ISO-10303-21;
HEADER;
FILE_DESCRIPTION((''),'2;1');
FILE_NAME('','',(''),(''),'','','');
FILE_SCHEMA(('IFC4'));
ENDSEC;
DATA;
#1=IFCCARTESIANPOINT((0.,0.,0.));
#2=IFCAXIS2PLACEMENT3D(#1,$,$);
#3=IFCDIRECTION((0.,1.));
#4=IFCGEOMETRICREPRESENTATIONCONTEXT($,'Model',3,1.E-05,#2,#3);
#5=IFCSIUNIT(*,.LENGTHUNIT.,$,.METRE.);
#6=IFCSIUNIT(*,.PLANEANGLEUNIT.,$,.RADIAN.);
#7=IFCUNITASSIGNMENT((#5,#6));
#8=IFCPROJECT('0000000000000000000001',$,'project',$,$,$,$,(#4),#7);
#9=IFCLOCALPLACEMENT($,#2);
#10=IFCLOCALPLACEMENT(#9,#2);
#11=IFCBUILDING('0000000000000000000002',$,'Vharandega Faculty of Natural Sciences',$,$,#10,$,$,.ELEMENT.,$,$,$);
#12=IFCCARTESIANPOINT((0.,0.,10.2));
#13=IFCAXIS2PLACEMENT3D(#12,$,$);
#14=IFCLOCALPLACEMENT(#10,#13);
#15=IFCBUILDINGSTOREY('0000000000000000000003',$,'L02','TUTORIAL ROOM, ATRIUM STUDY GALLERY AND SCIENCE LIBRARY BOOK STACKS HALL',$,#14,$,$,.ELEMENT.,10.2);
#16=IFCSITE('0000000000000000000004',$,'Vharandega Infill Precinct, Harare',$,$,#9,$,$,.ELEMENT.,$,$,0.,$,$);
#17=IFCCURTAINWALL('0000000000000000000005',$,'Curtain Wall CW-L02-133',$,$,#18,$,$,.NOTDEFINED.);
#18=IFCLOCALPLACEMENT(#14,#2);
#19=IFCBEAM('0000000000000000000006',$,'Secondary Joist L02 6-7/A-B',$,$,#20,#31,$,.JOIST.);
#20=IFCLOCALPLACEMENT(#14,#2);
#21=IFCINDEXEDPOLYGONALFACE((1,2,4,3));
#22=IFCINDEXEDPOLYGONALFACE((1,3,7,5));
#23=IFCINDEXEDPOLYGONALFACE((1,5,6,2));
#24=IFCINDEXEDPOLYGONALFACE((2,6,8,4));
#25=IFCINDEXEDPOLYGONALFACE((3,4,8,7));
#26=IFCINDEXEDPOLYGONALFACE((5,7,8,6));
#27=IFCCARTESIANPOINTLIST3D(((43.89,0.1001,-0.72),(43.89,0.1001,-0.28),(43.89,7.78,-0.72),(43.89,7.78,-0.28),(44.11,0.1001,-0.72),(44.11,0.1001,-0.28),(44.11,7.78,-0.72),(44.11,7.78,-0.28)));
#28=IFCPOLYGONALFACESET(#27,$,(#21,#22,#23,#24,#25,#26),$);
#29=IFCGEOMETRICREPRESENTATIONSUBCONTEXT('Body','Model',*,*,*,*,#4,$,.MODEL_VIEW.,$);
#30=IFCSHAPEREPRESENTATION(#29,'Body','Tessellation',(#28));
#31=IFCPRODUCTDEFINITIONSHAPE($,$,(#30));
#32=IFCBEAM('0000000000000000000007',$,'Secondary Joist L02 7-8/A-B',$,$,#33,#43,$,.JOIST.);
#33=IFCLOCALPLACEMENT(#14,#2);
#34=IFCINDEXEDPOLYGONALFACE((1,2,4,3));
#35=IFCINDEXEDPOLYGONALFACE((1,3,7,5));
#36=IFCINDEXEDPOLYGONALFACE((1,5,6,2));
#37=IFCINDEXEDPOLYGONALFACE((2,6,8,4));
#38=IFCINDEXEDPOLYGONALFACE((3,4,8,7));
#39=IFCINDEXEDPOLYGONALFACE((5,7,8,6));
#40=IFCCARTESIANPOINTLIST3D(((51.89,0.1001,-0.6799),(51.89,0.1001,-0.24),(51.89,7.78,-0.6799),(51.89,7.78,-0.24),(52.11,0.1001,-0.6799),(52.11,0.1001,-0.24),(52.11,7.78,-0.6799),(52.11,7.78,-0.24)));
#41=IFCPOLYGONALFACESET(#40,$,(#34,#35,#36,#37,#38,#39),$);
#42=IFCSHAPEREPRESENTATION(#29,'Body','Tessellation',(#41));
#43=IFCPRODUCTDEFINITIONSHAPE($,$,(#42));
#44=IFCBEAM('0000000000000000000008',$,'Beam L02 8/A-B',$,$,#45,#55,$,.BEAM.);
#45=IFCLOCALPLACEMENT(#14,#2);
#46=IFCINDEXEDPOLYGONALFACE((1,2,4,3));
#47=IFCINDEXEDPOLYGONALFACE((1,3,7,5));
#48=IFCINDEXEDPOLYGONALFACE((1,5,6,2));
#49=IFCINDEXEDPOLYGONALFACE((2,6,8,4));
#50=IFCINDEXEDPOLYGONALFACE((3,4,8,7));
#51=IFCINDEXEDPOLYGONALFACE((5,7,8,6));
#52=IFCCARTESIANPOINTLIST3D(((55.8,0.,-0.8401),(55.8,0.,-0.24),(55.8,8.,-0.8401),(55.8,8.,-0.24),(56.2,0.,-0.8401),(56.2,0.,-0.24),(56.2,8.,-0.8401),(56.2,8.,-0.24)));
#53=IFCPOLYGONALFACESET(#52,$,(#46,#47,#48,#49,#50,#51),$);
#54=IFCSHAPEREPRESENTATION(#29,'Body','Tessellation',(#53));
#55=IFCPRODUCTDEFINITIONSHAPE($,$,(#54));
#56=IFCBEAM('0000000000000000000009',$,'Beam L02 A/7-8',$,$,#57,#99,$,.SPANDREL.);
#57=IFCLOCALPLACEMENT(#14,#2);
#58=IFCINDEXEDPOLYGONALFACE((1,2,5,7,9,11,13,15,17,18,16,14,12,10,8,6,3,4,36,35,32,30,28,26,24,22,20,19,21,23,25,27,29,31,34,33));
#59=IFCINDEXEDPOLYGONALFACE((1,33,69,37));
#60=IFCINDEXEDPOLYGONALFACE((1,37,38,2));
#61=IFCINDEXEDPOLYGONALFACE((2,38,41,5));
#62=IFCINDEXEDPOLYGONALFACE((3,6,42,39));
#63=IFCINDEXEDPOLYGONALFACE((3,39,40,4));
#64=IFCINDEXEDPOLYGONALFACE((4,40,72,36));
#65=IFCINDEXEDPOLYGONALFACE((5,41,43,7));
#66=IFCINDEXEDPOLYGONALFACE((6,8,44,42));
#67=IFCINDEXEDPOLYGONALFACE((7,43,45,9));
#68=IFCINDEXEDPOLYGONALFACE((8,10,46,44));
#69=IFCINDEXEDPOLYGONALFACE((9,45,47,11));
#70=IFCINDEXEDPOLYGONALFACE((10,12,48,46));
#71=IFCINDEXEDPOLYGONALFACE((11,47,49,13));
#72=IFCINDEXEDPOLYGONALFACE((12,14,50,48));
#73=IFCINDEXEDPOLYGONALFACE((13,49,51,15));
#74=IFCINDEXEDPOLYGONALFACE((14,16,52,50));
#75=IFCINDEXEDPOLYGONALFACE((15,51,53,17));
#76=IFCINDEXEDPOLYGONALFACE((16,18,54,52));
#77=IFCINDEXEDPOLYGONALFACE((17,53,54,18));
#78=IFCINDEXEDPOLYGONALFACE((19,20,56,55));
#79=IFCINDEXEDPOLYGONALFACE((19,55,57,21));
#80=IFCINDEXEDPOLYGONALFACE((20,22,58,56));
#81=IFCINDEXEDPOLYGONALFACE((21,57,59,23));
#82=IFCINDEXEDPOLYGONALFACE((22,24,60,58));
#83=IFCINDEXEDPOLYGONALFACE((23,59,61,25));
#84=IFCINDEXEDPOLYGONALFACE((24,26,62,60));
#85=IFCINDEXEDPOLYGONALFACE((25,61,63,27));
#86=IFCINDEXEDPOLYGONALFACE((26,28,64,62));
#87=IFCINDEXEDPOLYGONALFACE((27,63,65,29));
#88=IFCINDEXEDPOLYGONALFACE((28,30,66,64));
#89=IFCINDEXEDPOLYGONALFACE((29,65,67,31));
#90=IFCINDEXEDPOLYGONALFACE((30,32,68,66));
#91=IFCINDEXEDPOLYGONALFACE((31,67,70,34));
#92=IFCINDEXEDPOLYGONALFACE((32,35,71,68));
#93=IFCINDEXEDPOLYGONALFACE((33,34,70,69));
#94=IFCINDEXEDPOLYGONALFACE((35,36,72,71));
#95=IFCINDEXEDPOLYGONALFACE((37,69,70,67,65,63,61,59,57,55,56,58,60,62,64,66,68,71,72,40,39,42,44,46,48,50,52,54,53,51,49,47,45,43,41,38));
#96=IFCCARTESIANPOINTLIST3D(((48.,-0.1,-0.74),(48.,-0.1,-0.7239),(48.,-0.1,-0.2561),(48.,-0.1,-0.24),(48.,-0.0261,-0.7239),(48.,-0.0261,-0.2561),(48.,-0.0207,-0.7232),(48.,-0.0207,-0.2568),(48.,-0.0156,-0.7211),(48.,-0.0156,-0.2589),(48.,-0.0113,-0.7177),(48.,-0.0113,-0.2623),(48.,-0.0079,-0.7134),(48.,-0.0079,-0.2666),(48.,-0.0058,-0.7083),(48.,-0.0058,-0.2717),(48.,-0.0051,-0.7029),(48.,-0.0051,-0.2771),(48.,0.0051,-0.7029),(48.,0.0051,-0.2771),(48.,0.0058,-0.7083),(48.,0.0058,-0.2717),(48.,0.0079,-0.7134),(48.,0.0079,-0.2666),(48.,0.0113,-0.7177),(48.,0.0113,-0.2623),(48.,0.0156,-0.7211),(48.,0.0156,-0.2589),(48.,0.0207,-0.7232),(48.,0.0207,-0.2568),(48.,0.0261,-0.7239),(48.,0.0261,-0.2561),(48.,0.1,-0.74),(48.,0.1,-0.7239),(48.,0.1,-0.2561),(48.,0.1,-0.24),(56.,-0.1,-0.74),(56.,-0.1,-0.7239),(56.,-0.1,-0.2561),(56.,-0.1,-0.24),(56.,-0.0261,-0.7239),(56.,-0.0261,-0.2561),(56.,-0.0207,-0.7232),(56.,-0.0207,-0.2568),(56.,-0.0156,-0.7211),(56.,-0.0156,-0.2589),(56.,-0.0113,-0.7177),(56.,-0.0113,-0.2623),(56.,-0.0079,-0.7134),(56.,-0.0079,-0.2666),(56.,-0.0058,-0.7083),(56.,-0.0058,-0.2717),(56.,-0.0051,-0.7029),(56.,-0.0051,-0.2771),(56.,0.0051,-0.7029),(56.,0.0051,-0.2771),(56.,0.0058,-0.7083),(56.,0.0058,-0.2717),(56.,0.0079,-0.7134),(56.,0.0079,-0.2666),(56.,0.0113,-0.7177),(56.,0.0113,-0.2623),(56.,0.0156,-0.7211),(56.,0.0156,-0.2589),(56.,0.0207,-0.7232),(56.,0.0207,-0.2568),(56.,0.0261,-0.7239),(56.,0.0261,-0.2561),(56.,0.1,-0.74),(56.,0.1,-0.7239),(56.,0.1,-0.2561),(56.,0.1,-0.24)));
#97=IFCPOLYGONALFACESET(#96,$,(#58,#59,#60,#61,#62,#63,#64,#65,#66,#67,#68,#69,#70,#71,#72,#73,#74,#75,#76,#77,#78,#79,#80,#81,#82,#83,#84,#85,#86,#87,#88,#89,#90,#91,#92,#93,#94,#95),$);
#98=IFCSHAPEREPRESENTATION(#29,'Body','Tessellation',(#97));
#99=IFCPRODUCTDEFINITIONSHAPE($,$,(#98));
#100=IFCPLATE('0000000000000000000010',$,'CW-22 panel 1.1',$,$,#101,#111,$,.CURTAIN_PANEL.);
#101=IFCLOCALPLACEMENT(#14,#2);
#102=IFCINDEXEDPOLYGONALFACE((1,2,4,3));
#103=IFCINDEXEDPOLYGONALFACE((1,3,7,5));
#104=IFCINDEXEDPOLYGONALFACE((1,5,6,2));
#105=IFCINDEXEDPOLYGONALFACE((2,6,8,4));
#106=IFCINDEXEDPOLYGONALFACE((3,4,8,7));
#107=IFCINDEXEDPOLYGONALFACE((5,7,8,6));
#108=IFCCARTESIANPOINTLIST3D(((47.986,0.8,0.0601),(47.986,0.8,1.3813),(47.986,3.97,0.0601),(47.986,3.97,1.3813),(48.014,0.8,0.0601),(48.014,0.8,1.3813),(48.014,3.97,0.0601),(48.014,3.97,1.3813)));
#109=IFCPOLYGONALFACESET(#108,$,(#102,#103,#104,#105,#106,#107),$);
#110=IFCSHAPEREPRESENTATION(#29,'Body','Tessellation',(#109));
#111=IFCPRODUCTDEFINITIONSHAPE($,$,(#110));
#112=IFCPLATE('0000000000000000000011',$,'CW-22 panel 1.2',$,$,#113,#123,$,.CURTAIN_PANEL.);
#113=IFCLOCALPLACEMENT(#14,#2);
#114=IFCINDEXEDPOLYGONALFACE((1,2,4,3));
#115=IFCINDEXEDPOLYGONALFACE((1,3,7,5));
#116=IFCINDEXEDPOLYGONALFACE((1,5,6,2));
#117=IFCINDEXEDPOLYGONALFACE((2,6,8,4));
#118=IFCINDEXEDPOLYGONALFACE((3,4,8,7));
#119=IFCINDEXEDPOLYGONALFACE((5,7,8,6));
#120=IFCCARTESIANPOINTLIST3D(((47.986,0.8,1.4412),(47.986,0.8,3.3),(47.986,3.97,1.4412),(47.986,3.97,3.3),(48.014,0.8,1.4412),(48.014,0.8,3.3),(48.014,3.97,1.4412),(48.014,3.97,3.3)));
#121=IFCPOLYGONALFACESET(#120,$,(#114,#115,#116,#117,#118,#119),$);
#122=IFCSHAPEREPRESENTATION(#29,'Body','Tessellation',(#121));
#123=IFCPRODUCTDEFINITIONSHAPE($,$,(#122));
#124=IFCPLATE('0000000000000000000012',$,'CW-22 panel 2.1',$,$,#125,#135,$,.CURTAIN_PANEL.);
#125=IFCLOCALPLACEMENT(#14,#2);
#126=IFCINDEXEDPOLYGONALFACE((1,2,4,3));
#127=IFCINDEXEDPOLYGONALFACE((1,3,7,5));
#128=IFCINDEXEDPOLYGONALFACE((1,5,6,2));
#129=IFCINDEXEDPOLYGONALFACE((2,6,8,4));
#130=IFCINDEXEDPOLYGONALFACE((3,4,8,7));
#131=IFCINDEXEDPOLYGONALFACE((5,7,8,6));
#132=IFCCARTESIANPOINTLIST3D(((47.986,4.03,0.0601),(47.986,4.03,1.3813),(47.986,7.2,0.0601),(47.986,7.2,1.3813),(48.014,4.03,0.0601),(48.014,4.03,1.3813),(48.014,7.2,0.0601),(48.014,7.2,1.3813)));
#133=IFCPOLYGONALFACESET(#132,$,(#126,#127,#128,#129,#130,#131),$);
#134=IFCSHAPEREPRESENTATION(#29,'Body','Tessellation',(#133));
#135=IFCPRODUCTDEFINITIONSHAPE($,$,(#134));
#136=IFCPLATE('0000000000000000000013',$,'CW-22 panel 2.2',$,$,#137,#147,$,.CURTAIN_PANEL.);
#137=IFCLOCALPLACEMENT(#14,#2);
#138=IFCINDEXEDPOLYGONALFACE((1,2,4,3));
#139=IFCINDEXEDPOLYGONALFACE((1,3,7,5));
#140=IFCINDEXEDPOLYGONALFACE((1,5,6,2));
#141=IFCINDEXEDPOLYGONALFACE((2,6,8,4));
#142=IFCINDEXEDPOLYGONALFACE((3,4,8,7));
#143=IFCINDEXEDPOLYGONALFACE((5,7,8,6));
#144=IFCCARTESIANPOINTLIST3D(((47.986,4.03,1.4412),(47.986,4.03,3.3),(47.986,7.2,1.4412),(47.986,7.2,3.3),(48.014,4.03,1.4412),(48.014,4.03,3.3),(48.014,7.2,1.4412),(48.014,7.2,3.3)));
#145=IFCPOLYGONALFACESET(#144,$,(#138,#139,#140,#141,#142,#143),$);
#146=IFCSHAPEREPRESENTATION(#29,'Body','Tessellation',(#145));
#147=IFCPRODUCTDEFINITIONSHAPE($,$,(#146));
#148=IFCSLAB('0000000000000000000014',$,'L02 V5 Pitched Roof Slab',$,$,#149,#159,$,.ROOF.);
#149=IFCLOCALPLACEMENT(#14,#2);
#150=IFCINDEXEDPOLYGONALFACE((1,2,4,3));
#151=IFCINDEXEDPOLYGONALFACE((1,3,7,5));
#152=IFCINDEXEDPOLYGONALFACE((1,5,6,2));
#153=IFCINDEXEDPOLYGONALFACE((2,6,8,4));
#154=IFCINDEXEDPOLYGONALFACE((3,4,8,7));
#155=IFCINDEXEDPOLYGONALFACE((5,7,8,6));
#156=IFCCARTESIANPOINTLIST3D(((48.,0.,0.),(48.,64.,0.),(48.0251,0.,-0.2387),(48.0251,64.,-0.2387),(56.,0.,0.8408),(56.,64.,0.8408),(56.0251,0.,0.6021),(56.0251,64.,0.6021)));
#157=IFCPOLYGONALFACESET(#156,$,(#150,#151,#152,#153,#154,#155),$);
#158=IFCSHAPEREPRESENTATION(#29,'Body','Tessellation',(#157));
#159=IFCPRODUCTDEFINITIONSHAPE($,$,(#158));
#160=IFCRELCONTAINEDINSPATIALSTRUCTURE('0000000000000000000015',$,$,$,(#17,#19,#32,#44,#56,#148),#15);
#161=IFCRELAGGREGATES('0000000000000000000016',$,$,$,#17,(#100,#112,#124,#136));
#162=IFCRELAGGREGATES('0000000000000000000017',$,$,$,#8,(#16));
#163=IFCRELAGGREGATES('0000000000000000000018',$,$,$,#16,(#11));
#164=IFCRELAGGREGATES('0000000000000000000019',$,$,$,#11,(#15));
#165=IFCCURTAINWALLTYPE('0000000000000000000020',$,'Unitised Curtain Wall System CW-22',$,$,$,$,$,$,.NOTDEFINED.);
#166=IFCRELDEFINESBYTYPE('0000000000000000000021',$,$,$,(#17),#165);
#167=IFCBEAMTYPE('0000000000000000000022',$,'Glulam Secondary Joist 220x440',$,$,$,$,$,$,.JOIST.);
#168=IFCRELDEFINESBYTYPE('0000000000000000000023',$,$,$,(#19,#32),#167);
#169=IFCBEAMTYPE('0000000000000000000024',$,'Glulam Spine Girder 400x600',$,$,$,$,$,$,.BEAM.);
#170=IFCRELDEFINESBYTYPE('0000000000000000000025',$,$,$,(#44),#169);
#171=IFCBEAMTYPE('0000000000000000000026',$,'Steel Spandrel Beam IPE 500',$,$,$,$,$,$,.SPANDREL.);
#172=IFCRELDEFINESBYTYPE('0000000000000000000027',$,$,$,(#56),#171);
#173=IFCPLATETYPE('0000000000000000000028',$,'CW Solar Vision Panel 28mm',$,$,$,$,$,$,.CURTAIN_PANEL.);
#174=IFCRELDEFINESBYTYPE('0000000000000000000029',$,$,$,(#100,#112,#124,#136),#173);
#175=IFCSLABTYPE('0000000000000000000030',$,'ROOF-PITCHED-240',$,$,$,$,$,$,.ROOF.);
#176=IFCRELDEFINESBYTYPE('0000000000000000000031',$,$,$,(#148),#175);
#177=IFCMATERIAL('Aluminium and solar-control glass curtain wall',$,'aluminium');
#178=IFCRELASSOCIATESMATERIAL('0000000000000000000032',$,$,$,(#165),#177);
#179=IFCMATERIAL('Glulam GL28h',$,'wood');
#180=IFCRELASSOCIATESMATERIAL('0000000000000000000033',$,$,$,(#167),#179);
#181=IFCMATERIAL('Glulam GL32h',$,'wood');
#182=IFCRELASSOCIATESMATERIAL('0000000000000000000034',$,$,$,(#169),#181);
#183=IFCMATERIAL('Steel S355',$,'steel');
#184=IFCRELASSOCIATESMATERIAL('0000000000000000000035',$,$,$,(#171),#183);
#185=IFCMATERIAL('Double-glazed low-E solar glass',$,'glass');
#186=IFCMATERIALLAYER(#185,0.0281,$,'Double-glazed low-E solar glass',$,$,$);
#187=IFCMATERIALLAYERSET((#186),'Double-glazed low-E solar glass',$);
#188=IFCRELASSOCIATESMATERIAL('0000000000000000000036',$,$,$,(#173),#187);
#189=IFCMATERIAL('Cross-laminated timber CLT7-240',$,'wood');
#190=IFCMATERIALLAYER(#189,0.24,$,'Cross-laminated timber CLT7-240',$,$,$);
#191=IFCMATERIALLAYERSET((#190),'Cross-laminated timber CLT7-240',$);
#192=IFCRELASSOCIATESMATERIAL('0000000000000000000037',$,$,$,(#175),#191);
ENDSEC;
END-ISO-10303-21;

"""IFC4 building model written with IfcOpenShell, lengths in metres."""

from ifc_helpers import new_model, si_unit, direction, frame, origin, origin_2d, place, context, subcontext, project, spatial, polyline, rectangle, i_section, outline, extrude, material, layer, layer_set, material_profile, profile_set, type_object, element, aggregate, save


model = new_model("IFC4")

# Units and contexts
model_context = context("Model", 3, precision=1e-05, world=origin(), true_north=direction((0.0, 1.0)))
body_context = subcontext(model_context, "Body", "Model", "MODEL_VIEW")
ifc_project = project(units=[si_unit("LENGTHUNIT", "METRE"), si_unit("PLANEANGLEUNIT", "RADIAN")], contexts=[model_context])

# Site, building, storey
site_placement = place(None, origin())
site = spatial("IfcSite", under=ifc_project, at=site_placement, Name="Vharandega Infill Precinct, Harare", CompositionType="ELEMENT", RefElevation=0.0)
building_placement = place(site_placement, origin())
building = spatial("IfcBuilding", under=site, at=building_placement, Name="Vharandega Faculty of Natural Sciences", CompositionType="ELEMENT")
storey_placement = place(building_placement, frame((0.0, 0.0, 10.2)))
storey = spatial("IfcBuildingStorey", under=building, at=storey_placement, Name="L02", Description="TUTORIAL ROOM, ATRIUM STUDY GALLERY AND SCIENCE LIBRARY BOOK STACKS HALL", CompositionType="ELEMENT", Elevation=10.2)

# Curtain wall
ifc_material_1 = material(Name="Aluminium and solar-control glass curtain wall", Category="aluminium")
curtain_wall_type = type_object("IfcCurtainWallType", Name="Unitised Curtain Wall System CW-22", PredefinedType="NOTDEFINED", material=ifc_material_1)
curtain_wall_placement = place(storey_placement, origin())
curtain_wall = element("IfcCurtainWall", 1, at=curtain_wall_placement, inside=storey, type_object=curtain_wall_type, Name="Curtain Wall CW-L02-133", PredefinedType="NOTDEFINED")

# Beams
ifc_material_2 = material(Name="Glulam GL28h", Category="wood")
ifc_material_profile_1 = material_profile(ifc_material_2, rectangle(XDim=0.22, YDim=0.4399, at=origin_2d()), Name="GL28h 220x440")
ifc_profile_set_1 = profile_set([ifc_material_profile_1], Name="Glulam GL28h")
beam_type_1 = type_object("IfcBeamType", Name="Glulam Secondary Joist 220x440", PredefinedType="JOIST", material=ifc_profile_set_1)
for number, where, z_axis, x_axis, name in (
    (2, (44.0, 0.1001, -0.5), (0.0, 1.0, 0.0), (-1.0, 0.0, 0.0), "Secondary Joist L02 6-7/A-B"),
    (3, (52.0, 0.1001, -0.46), (0.0, 1.0, 0.0), (-1.0, 0.0, 0.0), "Secondary Joist L02 7-8/A-B"),
):
    element("IfcBeam", number, at=place(storey_placement, frame(where, z_axis=z_axis, x_axis=x_axis)), inside=storey, type_object=beam_type_1, Name=name, PredefinedType="JOIST", context=body_context, shape_type="SweptSolid", body=[
        extrude(rectangle(XDim=0.22, YDim=0.4399, at=origin_2d()), origin(), (0.0, 0.0, 1.0), 7.6799),
    ])
ifc_material_3 = material(Name="Glulam GL32h", Category="wood")
ifc_material_profile_2 = material_profile(ifc_material_3, rectangle(XDim=0.3999, YDim=0.6001, at=origin_2d()), Name="GL32h 400x600")
ifc_profile_set_2 = profile_set([ifc_material_profile_2], Name="Glulam GL32h")
beam_type_2 = type_object("IfcBeamType", Name="Glulam Spine Girder 400x600", PredefinedType="BEAM", material=ifc_profile_set_2)
beam_1_placement = place(storey_placement, frame((56.0, 0.0, -0.54), z_axis=(0.0, 1.0, 0.0), x_axis=(-1.0, 0.0, 0.0)))
element("IfcBeam", 4, at=beam_1_placement, inside=storey, type_object=beam_type_2, Name="Beam L02 8/A-B", PredefinedType="BEAM", context=body_context, shape_type="SweptSolid", body=[
    extrude(rectangle(XDim=0.3999, YDim=0.6001, at=origin_2d()), origin(), (0.0, 0.0, 1.0), 8.0),
])
ifc_material_4 = material(Name="Steel S355", Category="steel")
ifc_material_profile_3 = material_profile(ifc_material_4, i_section(OverallWidth=0.2, OverallDepth=0.5, WebThickness=0.0103, FlangeThickness=0.0161, FilletRadius=0.021, at=origin_2d()), Name="IPE 500")
ifc_profile_set_3 = profile_set([ifc_material_profile_3], Name="Steel S355")
beam_type_3 = type_object("IfcBeamType", Name="Steel Spandrel Beam IPE 500", PredefinedType="SPANDREL", material=ifc_profile_set_3)
beam_2_placement = place(storey_placement, frame((48.0, 0.0, -0.49), z_axis=(1.0, 0.0, 0.0), x_axis=(0.0, 1.0, 0.0)))
element("IfcBeam", 5, at=beam_2_placement, inside=storey, type_object=beam_type_3, Name="Beam L02 A/7-8", PredefinedType="SPANDREL", context=body_context, shape_type="SweptSolid", body=[
    extrude(i_section(OverallWidth=0.2, OverallDepth=0.5, WebThickness=0.0103, FlangeThickness=0.0161, FilletRadius=0.021, at=origin_2d()), origin(), (0.0, 0.0, 1.0), 8.0),
])

# Plates
ifc_material_5 = material(Name="Double-glazed low-E solar glass", Category="glass")
ifc_layer_1 = layer(ifc_material_5, 0.0281, Name="Double-glazed low-E solar glass")
ifc_layer_set_1 = layer_set([ifc_layer_1], Name="Double-glazed low-E solar glass")
plate_type = type_object("IfcPlateType", Name="CW Solar Vision Panel 28mm", PredefinedType="CURTAIN_PANEL", material=ifc_layer_set_1)
plate_1_placement = place(storey_placement, frame((48.0, 2.385, 0.0601), z_axis=(0.0, 0.0, 1.0), x_axis=(0.0, 1.0, 0.0)))
plate_1 = element("IfcPlate", 6, at=plate_1_placement, type_object=plate_type, Name="CW-22 panel 1.1", PredefinedType="CURTAIN_PANEL", context=body_context, shape_type="SweptSolid", body=[
    extrude(rectangle(XDim=3.1699, YDim=0.0281, at=origin_2d()), origin(), (0.0, 0.0, 1.0), 1.3213),
])
plate_2_placement = place(storey_placement, frame((48.0, 2.385, 1.4412), z_axis=(0.0, 0.0, 1.0), x_axis=(0.0, 1.0, 0.0)))
plate_2 = element("IfcPlate", 7, at=plate_2_placement, type_object=plate_type, Name="CW-22 panel 1.2", PredefinedType="CURTAIN_PANEL", context=body_context, shape_type="SweptSolid", body=[
    extrude(rectangle(XDim=3.1699, YDim=0.0281, at=origin_2d()), origin(), (0.0, 0.0, 1.0), 1.8589),
])
plate_3_placement = place(storey_placement, frame((48.0, 5.615, 0.0601), z_axis=(0.0, 0.0, 1.0), x_axis=(0.0, 1.0, 0.0)))
plate_3 = element("IfcPlate", 8, at=plate_3_placement, type_object=plate_type, Name="CW-22 panel 2.1", PredefinedType="CURTAIN_PANEL", context=body_context, shape_type="SweptSolid", body=[
    extrude(rectangle(XDim=3.1699, YDim=0.0281, at=origin_2d()), origin(), (0.0, 0.0, 1.0), 1.3213),
])
plate_4_placement = place(storey_placement, frame((48.0, 5.615, 1.4412), z_axis=(0.0, 0.0, 1.0), x_axis=(0.0, 1.0, 0.0)))
plate_4 = element("IfcPlate", 9, at=plate_4_placement, type_object=plate_type, Name="CW-22 panel 2.2", PredefinedType="CURTAIN_PANEL", context=body_context, shape_type="SweptSolid", body=[
    extrude(rectangle(XDim=3.1699, YDim=0.0281, at=origin_2d()), origin(), (0.0, 0.0, 1.0), 1.8589),
])
aggregate(curtain_wall, [plate_1, plate_2, plate_3, plate_4])

# Slab
ifc_material_6 = material(Name="Cross-laminated timber CLT7-240", Category="wood")
ifc_layer_2 = layer(ifc_material_6, 0.24, Name="Cross-laminated timber CLT7-240")
ifc_layer_set_2 = layer_set([ifc_layer_2], Name="Cross-laminated timber CLT7-240")
slab_type = type_object("IfcSlabType", Name="ROOF-PITCHED-240", PredefinedType="ROOF", material=ifc_layer_set_2)
slab_placement = place(storey_placement, frame((48.0, 0.0, 0.0), z_axis=(-0.104527, 0.0, 0.994522), x_axis=(0.994522, 0.0, 0.104527)))
element("IfcSlab", 10, at=slab_placement, inside=storey, type_object=slab_type, Name="L02 V5 Pitched Roof Slab", PredefinedType="ROOF", context=body_context, shape_type="SweptSolid", body=[
    extrude(outline(polyline([(0.0, 0.0), (8.0441, 0.0), (8.0441, 64.0), (0.0, 64.0), (0.0, 0.0)])), origin(), (0.0, 0.0, -1.0), 0.24),
])

save(model, "model.ifc")
